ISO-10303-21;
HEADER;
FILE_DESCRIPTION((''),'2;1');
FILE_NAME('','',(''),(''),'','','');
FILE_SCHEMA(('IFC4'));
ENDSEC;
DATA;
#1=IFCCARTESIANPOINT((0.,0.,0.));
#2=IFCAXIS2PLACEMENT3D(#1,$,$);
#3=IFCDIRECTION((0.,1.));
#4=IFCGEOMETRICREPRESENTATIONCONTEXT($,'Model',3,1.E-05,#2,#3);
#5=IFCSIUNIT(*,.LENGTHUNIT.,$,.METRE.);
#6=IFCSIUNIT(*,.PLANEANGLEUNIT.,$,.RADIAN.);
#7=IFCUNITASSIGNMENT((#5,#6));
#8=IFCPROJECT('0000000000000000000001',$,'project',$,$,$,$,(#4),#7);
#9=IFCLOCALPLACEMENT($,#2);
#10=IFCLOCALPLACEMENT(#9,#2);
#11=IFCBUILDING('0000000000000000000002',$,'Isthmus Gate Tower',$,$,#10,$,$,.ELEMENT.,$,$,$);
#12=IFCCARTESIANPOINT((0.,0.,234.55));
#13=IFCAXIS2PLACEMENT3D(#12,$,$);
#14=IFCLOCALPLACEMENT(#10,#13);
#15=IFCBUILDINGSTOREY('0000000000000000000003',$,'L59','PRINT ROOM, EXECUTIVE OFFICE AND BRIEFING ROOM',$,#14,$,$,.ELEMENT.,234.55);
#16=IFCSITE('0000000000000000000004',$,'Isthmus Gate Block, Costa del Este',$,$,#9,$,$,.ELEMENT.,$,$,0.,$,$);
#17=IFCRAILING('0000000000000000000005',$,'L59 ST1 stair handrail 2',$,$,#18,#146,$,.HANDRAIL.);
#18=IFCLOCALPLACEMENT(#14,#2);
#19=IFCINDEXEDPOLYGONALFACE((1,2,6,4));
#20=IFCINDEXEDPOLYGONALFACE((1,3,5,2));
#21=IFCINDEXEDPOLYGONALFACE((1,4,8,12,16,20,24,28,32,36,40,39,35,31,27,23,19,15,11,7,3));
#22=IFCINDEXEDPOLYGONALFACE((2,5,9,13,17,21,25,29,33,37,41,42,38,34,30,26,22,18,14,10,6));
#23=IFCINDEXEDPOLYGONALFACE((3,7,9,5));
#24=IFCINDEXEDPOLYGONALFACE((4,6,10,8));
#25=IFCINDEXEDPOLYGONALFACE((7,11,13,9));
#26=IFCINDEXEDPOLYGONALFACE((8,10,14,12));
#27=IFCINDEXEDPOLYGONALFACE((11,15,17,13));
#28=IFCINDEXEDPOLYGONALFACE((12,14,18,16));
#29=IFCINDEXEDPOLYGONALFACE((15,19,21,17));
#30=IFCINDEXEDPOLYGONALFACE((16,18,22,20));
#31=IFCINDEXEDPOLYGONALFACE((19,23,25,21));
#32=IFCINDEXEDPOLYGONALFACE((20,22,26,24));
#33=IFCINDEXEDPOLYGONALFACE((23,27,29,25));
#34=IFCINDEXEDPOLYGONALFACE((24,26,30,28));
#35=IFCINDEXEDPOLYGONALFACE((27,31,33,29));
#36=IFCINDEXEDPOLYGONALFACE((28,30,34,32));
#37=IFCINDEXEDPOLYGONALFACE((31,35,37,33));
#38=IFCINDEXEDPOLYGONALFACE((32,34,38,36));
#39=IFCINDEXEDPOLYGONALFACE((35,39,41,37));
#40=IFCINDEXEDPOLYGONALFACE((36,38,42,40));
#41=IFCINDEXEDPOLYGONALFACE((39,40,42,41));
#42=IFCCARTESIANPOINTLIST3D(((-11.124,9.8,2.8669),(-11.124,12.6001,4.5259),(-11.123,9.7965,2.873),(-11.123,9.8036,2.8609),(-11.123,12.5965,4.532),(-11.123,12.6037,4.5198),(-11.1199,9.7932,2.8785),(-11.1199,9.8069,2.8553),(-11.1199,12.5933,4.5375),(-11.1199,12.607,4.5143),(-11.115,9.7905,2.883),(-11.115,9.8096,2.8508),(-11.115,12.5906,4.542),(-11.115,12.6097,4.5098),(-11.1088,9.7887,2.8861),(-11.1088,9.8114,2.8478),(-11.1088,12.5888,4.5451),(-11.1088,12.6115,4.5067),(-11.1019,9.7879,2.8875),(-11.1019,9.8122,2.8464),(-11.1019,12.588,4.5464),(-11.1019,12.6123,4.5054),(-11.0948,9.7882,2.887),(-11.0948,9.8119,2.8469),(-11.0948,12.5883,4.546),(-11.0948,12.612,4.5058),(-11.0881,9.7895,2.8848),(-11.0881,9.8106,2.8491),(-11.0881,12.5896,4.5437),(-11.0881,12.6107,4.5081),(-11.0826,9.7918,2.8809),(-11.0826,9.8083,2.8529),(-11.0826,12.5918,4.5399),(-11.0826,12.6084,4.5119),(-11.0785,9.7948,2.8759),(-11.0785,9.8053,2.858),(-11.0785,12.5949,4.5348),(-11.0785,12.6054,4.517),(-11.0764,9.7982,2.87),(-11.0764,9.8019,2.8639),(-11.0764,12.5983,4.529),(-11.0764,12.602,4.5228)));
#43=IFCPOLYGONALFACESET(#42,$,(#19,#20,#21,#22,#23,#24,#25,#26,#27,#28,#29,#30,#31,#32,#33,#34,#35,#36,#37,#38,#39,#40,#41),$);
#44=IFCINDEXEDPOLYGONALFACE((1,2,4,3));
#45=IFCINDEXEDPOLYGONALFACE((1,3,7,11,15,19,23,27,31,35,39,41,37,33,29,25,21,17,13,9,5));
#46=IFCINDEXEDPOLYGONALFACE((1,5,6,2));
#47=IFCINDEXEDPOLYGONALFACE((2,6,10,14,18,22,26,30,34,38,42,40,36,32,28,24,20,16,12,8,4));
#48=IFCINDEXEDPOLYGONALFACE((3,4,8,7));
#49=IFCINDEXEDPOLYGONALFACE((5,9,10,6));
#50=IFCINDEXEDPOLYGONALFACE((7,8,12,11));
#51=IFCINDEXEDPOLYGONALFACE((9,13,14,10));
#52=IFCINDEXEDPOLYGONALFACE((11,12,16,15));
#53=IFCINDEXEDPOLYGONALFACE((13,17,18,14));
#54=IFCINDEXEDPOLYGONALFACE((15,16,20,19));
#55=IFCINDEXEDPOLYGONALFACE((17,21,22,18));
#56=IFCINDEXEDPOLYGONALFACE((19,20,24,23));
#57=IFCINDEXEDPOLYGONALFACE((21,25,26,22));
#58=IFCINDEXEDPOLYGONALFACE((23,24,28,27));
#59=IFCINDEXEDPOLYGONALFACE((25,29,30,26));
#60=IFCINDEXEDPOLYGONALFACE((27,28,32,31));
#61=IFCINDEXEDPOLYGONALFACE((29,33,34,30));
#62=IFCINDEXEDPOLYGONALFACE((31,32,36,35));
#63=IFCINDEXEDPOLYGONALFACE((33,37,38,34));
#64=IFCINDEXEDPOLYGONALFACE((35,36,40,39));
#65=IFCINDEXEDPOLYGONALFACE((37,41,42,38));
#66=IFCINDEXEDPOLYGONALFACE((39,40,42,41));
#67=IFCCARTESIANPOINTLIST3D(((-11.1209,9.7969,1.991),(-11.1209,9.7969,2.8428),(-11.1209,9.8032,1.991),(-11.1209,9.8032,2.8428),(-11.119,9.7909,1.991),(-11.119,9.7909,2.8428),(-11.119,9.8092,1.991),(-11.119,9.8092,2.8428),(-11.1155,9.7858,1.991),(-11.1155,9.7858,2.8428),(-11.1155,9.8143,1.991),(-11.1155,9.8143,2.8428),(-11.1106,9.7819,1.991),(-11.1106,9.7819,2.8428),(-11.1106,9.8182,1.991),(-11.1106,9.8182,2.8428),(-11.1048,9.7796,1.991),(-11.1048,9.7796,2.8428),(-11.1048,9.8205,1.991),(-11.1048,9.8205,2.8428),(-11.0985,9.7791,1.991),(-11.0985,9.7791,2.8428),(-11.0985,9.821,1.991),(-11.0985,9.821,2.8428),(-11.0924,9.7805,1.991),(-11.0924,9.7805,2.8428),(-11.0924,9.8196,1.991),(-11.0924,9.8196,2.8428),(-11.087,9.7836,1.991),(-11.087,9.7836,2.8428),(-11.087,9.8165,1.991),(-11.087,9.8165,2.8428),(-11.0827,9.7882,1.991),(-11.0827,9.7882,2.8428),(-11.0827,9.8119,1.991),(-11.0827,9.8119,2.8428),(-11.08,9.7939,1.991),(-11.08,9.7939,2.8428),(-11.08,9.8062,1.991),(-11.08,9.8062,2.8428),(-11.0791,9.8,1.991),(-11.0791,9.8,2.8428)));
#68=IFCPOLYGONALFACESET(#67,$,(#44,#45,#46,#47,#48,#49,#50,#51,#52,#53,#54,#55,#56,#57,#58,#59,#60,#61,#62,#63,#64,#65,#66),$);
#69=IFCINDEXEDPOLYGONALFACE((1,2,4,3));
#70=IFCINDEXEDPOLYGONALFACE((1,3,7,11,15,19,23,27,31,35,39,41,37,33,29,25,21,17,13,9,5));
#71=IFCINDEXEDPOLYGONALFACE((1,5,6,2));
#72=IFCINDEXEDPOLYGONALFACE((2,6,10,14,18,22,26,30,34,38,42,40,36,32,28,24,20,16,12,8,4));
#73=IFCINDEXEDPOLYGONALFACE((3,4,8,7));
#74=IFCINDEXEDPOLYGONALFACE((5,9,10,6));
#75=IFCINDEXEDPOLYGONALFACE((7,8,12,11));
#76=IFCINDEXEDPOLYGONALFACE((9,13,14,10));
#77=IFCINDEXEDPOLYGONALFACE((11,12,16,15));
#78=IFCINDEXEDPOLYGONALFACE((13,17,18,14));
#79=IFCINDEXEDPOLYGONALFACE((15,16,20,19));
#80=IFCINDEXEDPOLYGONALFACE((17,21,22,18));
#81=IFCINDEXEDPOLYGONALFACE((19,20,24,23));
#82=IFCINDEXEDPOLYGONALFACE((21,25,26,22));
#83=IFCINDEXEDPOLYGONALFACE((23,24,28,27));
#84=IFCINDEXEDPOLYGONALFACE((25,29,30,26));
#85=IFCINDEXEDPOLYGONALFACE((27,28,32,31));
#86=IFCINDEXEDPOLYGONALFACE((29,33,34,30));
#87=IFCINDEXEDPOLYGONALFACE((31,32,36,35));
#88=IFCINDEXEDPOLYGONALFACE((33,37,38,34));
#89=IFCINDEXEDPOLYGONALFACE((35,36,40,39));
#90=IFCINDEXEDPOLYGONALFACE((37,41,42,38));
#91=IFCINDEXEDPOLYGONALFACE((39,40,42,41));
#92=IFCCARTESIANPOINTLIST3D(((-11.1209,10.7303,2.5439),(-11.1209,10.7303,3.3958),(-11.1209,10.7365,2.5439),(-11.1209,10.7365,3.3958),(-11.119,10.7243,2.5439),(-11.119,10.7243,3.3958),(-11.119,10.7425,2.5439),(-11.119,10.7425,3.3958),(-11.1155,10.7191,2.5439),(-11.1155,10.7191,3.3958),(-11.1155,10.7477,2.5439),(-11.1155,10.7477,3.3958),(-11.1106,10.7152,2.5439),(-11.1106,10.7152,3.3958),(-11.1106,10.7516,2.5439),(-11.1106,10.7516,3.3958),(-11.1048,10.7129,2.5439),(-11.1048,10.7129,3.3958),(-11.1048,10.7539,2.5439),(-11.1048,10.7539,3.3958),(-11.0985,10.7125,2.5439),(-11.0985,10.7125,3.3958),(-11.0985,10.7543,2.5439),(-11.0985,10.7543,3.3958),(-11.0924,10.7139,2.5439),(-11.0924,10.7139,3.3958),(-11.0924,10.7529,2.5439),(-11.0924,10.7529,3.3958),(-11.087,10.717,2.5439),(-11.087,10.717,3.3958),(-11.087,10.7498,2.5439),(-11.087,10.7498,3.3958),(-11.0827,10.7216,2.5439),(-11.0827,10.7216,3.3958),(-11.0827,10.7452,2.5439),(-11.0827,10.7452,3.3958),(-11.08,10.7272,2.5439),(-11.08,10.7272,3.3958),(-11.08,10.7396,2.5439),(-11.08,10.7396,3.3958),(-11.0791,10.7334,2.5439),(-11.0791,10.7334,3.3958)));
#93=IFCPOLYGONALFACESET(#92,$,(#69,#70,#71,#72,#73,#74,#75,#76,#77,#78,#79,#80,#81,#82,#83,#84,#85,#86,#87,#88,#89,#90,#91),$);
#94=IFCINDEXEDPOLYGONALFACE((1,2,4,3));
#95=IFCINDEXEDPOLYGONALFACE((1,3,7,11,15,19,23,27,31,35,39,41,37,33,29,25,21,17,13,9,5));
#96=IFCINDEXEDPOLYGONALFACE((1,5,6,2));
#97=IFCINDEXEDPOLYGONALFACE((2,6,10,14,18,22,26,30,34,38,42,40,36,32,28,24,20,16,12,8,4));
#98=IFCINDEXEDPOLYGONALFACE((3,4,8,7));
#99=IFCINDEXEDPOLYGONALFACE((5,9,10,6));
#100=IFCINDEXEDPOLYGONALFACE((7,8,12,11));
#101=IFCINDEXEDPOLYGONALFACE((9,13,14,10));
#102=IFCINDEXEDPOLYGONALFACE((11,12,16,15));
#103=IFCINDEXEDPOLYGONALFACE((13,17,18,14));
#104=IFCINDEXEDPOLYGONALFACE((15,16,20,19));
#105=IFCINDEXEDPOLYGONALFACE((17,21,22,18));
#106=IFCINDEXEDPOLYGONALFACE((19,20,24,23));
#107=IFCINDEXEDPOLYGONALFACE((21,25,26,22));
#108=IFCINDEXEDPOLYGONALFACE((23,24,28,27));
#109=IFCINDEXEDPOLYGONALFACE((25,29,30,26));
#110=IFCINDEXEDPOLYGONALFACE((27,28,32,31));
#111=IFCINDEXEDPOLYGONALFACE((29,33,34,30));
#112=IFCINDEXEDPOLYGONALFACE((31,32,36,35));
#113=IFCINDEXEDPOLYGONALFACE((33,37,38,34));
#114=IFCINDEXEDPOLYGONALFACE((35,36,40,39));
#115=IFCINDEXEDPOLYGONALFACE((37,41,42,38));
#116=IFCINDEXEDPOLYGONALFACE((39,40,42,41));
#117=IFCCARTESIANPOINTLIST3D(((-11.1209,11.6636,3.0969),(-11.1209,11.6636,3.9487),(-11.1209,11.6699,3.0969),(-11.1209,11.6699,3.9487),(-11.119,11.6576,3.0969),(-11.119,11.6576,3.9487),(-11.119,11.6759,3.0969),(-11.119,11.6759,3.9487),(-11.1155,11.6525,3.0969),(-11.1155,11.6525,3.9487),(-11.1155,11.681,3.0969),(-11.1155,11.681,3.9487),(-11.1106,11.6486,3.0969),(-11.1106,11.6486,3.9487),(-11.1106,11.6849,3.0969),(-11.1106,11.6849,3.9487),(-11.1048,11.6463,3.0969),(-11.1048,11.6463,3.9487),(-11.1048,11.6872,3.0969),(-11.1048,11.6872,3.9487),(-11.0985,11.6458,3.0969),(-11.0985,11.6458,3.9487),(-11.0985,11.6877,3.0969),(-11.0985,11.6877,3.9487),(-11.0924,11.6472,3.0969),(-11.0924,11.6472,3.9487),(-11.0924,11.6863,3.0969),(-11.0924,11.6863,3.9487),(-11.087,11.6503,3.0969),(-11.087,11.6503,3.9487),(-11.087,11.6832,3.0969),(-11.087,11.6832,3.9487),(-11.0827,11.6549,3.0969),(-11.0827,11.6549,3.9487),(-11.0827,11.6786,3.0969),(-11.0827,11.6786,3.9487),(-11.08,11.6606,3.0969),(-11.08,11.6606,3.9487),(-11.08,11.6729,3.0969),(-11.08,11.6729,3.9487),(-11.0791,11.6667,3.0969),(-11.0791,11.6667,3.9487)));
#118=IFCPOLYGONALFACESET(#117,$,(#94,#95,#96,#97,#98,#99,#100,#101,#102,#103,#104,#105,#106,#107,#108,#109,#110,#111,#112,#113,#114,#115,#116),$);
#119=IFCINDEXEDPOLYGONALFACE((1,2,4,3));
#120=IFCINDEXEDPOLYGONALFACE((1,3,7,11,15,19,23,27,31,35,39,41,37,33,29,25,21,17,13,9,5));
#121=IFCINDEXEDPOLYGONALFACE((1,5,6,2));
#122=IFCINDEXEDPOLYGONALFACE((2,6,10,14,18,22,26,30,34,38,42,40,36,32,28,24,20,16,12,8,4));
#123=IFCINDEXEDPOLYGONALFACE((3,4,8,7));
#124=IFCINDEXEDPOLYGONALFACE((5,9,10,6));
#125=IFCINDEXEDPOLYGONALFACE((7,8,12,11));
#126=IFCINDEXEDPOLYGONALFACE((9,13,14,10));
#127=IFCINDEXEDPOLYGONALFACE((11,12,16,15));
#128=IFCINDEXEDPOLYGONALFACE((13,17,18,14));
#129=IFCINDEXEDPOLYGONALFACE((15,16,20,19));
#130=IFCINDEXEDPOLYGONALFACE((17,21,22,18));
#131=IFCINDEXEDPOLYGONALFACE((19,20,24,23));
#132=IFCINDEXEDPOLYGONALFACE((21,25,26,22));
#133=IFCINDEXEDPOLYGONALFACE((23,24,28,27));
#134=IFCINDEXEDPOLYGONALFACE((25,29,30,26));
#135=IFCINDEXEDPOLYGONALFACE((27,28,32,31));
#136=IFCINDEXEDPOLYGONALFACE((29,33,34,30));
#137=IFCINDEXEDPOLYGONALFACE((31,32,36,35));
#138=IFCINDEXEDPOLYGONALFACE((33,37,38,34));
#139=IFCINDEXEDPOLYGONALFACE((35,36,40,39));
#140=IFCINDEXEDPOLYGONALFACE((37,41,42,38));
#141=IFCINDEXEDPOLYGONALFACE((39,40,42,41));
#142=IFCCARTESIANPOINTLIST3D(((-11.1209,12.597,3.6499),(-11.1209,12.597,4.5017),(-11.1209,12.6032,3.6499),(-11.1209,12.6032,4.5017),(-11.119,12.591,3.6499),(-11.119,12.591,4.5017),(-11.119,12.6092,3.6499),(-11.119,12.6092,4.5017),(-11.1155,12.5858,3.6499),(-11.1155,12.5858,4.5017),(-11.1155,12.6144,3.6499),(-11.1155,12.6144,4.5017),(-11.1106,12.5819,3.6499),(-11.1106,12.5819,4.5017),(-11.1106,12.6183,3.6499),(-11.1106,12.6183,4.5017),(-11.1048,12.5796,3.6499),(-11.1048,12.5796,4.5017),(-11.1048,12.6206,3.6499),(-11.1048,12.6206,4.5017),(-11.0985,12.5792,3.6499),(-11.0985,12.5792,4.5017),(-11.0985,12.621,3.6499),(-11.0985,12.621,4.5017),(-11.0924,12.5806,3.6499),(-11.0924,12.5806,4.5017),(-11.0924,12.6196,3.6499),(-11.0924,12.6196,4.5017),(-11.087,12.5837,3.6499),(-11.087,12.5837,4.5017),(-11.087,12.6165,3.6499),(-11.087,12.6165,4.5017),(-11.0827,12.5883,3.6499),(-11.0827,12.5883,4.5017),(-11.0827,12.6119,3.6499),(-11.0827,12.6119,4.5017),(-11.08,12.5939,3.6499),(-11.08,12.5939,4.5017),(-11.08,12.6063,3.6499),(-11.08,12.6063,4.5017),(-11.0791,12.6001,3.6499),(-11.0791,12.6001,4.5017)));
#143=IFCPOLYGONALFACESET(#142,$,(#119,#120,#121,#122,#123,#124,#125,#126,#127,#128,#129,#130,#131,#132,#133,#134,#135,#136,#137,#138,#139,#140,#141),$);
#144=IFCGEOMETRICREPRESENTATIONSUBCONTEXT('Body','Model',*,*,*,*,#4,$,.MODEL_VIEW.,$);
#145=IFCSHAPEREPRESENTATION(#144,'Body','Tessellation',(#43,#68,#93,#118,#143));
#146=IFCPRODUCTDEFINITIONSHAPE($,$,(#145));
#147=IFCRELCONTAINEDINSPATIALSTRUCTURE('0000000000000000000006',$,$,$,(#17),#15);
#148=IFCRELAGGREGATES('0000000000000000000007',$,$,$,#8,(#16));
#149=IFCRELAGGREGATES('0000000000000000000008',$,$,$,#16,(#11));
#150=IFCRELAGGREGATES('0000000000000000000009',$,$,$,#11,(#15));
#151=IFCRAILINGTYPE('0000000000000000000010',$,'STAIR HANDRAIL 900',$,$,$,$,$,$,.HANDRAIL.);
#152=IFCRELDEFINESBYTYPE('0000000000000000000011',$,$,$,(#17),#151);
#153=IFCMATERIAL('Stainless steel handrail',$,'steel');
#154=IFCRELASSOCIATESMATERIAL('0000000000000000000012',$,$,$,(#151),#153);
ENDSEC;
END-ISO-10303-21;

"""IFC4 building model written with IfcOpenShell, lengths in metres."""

from ifc_helpers import new_model, si_unit, direction, frame, origin, origin_2d, place, context, subcontext, project, spatial, circle, extrude, material, type_object, element, save


model = new_model("IFC4")

# Units and contexts
model_context = context("Model", 3, precision=1e-05, world=origin(), true_north=direction((0.0, 1.0)))
body_context = subcontext(model_context, "Body", "Model", "MODEL_VIEW")
ifc_project = project(units=[si_unit("LENGTHUNIT", "METRE"), si_unit("PLANEANGLEUNIT", "RADIAN")], contexts=[model_context])

# Site, building, storey
site_placement = place(None, origin())
site = spatial("IfcSite", under=ifc_project, at=site_placement, Name="Isthmus Gate Block, Costa del Este", CompositionType="ELEMENT", RefElevation=0.0)
building_placement = place(site_placement, origin())
building = spatial("IfcBuilding", under=site, at=building_placement, Name="Isthmus Gate Tower", CompositionType="ELEMENT")
storey_placement = place(building_placement, frame((0.0, 0.0, 234.55)))
storey = spatial("IfcBuildingStorey", under=building, at=storey_placement, Name="L59", Description="PRINT ROOM, EXECUTIVE OFFICE AND BRIEFING ROOM", CompositionType="ELEMENT", Elevation=234.55)

# Railing
ifc_material_1 = material(Name="Stainless steel handrail", Category="steel")
railing_type_1 = type_object("IfcRailingType", Name="STAIR HANDRAIL 900", PredefinedType="HANDRAIL", material=ifc_material_1)
railing_1_placement = place(storey_placement, frame((-11.1001, 9.8, 1.991)))
element("IfcRailing", 1, at=railing_1_placement, inside=storey, type_object=railing_type_1, Name="L59 ST1 stair handrail 2", PredefinedType="HANDRAIL", context=body_context, shape_type="SweptSolid", body=[
    extrude(circle(Radius=0.0239, at=origin_2d()), frame((0.0, 0.0, 0.876), z_axis=(0.0, 0.860339, 0.509722), x_axis=(-1.0, 0.0, 0.0)), (0.0, 0.0, 1.0), 3.2546),
    extrude(circle(Radius=0.021, at=origin_2d()), origin(), (0.0, 0.0, 1.0), 0.8518),
    extrude(circle(Radius=0.021, at=origin_2d()), frame((0.0, 0.9333, 0.553)), (0.0, 0.0, 1.0), 0.8518),
    extrude(circle(Radius=0.021, at=origin_2d()), frame((0.0, 1.8667, 1.106)), (0.0, 0.0, 1.0), 0.8518),
    extrude(circle(Radius=0.021, at=origin_2d()), frame((0.0, 2.8, 1.6589)), (0.0, 0.0, 1.0), 0.8518),
])

save(model, "model.ifc")
